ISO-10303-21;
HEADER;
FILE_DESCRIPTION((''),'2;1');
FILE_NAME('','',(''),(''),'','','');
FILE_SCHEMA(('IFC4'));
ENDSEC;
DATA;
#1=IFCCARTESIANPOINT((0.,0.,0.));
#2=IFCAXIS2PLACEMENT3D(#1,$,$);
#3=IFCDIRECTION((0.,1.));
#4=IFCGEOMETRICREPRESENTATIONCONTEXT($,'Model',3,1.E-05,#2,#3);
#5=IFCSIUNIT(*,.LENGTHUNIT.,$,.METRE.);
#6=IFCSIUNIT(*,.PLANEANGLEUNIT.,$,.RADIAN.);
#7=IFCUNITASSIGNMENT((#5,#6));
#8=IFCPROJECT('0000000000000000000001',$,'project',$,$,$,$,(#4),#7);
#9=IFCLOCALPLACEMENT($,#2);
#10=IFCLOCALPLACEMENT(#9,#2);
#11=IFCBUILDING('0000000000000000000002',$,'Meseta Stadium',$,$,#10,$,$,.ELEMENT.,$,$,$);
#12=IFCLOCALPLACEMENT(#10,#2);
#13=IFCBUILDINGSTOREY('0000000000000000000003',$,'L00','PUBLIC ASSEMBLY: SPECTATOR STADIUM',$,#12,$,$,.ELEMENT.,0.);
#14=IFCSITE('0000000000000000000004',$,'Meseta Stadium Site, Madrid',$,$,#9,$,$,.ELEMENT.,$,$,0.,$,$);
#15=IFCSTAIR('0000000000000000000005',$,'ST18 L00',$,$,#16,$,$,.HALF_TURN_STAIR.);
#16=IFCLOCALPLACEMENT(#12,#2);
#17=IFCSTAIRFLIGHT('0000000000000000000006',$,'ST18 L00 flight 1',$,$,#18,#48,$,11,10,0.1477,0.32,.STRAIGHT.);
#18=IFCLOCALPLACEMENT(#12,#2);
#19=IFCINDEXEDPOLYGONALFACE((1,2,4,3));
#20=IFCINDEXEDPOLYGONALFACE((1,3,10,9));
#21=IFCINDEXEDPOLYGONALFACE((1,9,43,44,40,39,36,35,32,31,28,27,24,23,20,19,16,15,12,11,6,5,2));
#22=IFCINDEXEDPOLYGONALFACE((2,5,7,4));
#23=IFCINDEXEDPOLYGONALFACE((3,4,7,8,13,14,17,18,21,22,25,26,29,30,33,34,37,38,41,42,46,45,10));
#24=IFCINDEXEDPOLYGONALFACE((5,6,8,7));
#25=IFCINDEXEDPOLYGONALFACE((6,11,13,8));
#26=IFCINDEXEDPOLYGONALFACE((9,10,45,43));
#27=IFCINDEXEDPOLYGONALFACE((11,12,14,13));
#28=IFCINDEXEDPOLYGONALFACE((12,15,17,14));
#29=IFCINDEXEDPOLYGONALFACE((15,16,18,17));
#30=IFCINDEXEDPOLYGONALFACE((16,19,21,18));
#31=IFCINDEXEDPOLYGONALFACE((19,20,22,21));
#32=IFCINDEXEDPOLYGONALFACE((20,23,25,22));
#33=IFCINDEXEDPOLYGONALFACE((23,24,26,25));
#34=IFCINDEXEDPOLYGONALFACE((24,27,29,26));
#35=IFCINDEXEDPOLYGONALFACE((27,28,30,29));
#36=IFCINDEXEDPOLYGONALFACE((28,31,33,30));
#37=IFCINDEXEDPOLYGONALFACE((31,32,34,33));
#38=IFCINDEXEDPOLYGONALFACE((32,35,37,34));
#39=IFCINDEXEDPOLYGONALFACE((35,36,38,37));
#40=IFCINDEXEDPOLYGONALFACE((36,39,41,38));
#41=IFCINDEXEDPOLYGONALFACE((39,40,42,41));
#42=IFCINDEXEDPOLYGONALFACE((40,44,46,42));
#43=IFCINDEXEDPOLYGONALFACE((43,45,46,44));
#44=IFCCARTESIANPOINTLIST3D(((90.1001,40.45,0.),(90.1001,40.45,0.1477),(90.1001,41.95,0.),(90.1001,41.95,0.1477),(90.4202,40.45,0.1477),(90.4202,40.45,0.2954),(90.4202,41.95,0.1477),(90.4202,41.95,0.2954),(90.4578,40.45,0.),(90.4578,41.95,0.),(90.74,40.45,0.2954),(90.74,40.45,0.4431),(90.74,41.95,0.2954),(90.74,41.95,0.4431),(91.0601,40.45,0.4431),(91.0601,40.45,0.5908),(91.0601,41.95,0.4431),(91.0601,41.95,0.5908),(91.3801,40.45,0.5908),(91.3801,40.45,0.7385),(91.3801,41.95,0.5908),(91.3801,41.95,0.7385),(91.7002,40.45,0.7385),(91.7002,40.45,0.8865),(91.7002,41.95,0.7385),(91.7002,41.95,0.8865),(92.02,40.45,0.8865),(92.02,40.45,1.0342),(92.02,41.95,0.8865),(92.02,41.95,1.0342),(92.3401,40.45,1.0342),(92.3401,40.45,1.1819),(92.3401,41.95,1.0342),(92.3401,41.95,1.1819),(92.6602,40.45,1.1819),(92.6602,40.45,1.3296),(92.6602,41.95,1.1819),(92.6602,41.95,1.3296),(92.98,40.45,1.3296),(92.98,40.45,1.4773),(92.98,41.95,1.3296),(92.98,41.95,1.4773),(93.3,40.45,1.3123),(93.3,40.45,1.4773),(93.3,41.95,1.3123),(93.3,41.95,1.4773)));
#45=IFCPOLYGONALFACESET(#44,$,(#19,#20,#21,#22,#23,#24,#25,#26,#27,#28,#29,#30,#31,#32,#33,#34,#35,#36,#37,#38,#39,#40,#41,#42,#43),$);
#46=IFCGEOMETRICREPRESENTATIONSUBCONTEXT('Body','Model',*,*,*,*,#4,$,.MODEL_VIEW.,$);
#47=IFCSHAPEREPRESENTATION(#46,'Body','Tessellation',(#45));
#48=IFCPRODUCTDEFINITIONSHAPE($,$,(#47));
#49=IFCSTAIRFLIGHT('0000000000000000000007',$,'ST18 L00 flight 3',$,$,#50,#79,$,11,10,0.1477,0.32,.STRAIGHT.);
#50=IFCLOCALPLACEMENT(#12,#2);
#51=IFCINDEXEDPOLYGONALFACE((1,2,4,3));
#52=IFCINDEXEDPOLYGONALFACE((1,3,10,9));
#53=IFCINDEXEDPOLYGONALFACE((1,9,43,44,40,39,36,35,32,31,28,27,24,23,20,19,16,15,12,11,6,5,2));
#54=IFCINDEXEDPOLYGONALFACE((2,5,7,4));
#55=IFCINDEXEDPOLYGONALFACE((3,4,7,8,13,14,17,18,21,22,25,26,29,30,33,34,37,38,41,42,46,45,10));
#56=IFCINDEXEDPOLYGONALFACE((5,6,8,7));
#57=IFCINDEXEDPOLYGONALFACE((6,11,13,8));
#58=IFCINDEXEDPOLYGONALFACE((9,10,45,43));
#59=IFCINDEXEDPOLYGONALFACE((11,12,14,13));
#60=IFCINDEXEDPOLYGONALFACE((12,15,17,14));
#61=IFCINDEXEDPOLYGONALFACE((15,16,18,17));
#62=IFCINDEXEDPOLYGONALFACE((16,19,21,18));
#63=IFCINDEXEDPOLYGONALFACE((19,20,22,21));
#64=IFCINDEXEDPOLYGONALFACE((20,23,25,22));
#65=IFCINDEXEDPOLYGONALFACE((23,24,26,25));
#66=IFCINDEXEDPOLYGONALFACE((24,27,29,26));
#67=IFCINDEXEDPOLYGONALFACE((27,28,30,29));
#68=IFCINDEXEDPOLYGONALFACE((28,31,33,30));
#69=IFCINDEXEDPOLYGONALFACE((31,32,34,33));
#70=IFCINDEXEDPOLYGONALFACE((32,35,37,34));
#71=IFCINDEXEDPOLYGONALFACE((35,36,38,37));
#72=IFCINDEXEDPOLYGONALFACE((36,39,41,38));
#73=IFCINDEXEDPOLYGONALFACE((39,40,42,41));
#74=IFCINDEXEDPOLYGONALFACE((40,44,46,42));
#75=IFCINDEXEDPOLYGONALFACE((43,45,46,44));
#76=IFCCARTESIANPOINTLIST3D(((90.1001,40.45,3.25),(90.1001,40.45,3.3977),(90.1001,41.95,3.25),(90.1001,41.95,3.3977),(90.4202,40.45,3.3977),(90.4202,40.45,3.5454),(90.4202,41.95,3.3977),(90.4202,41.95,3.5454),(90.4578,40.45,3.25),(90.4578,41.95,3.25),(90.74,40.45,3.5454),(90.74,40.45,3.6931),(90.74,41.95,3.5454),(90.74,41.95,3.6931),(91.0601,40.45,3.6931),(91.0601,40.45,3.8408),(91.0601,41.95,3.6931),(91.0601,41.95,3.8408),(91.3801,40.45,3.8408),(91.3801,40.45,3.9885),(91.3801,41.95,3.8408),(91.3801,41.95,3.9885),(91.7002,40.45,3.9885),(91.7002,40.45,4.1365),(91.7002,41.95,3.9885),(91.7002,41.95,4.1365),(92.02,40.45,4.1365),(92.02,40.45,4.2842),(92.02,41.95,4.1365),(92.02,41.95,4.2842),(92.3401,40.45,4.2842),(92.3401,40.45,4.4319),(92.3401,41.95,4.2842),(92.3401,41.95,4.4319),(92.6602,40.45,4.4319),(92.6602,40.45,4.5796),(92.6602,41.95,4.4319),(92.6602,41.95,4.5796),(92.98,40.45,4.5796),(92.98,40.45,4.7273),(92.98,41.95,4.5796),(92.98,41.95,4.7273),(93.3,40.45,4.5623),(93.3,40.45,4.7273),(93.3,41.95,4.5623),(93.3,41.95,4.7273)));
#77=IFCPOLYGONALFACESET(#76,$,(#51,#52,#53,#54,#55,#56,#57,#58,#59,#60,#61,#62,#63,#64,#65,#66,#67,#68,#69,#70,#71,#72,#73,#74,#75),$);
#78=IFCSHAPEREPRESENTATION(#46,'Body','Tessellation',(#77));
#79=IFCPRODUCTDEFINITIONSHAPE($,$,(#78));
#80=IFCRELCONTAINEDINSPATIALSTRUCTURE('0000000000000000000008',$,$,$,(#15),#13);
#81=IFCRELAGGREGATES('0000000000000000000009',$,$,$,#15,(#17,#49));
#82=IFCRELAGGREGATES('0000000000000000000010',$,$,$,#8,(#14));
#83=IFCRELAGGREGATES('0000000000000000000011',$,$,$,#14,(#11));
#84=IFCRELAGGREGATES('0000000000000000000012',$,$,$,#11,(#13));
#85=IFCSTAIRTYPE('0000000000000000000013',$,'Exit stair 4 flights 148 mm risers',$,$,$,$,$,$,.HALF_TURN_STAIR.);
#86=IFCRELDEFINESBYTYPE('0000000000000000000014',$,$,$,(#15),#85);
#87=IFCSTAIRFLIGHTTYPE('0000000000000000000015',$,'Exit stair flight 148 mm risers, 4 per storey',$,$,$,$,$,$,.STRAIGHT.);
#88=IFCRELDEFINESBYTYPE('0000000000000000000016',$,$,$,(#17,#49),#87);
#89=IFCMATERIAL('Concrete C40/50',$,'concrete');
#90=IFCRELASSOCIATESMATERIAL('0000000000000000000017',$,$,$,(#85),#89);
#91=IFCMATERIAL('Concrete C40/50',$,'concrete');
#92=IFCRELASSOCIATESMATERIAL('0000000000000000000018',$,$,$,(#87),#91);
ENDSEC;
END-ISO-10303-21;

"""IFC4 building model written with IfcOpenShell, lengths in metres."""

from ifc_helpers import new_model, si_unit, direction, frame, origin, place, context, subcontext, project, spatial, polyline, outline, extrude, material, type_object, element, aggregate, save


model = new_model("IFC4")

# Units and contexts
model_context = context("Model", 3, precision=1e-05, world=origin(), true_north=direction((0.0, 1.0)))
body_context = subcontext(model_context, "Body", "Model", "MODEL_VIEW")
ifc_project = project(units=[si_unit("LENGTHUNIT", "METRE"), si_unit("PLANEANGLEUNIT", "RADIAN")], contexts=[model_context])

# Site, building, storey
site_placement = place(None, origin())
site = spatial("IfcSite", under=ifc_project, at=site_placement, Name="Meseta Stadium Site, Madrid", CompositionType="ELEMENT", RefElevation=0.0)
building_placement = place(site_placement, origin())
building = spatial("IfcBuilding", under=site, at=building_placement, Name="Meseta Stadium", CompositionType="ELEMENT")
storey_placement = place(building_placement, origin())
storey = spatial("IfcBuildingStorey", under=building, at=storey_placement, Name="L00", Description="PUBLIC ASSEMBLY: SPECTATOR STADIUM", CompositionType="ELEMENT", Elevation=0.0)

# Stair, stair flights
ifc_material_1 = material(Name="Concrete C40/50", Category="concrete")
stair_type = type_object("IfcStairType", Name="Exit stair 4 flights 148 mm risers", PredefinedType="HALF_TURN_STAIR", material=ifc_material_1)
ifc_material_2 = material(Name="Concrete C40/50", Category="concrete")
stair_flight_type = type_object("IfcStairFlightType", Name="Exit stair flight 148 mm risers, 4 per storey", PredefinedType="STRAIGHT", material=ifc_material_2)
stair_1_placement = place(storey_placement, origin())
stair_1 = element("IfcStair", 1, at=stair_1_placement, inside=storey, type_object=stair_type, Name="ST18 L00", PredefinedType="HALF_TURN_STAIR")
stair_flight_1_placement = place(storey_placement, frame((90.1001, 41.2, 0.0), z_axis=(0.0, 0.0, 1.0), x_axis=(1.0, 0.0, 0.0)))
stair_flight_1 = element("IfcStairFlight", 2, at=stair_flight_1_placement, type_object=stair_flight_type, Name="ST18 L00 flight 1", NumberOfRisers=11, NumberOfTreads=10, PredefinedType="STRAIGHT", RiserHeight=0.1477, TreadLength=0.32, context=body_context, shape_type="SweptSolid", body=[
    extrude(outline(polyline([(0.0, 0.0), (0.0, 0.1477), (0.3201, 0.1477), (0.3201, 0.2954), (0.6399, 0.2954), (0.6399, 0.4431), (0.96, 0.4431), (0.96, 0.5908), (1.28, 0.5908), (1.28, 0.7385), (1.6001, 0.7385), (1.6001, 0.8865), (1.9199, 0.8865), (1.9199, 1.0342), (2.24, 1.0342), (2.24, 1.1819), (2.5601, 1.1819), (2.5601, 1.3296), (2.8799, 1.3296), (2.8799, 1.4773), (3.2, 1.4773), (3.2, 1.3123), (0.3577, 0.0), (0.0, 0.0)])), frame((0.0, 0.75, 0.0), z_axis=(0.0, -1.0, 0.0), x_axis=(1.0, 0.0, 0.0)), (0.0, 0.0, 1.0), 1.5),
])
stair_flight_2_placement = place(storey_placement, frame((90.1001, 41.2, 3.25), z_axis=(0.0, 0.0, 1.0), x_axis=(1.0, 0.0, 0.0)))
stair_flight_2 = element("IfcStairFlight", 3, at=stair_flight_2_placement, type_object=stair_flight_type, Name="ST18 L00 flight 3", NumberOfRisers=11, NumberOfTreads=10, PredefinedType="STRAIGHT", RiserHeight=0.1477, TreadLength=0.32, context=body_context, shape_type="SweptSolid", body=[
    extrude(outline(polyline([(0.0, 0.0), (0.0, 0.1477), (0.3201, 0.1477), (0.3201, 0.2954), (0.6399, 0.2954), (0.6399, 0.4431), (0.96, 0.4431), (0.96, 0.5908), (1.28, 0.5908), (1.28, 0.7385), (1.6001, 0.7385), (1.6001, 0.8865), (1.9199, 0.8865), (1.9199, 1.0342), (2.24, 1.0342), (2.24, 1.1819), (2.5601, 1.1819), (2.5601, 1.3296), (2.8799, 1.3296), (2.8799, 1.4773), (3.2, 1.4773), (3.2, 1.3123), (0.3577, 0.0), (0.0, 0.0)])), frame((0.0, 0.75, 0.0), z_axis=(0.0, -1.0, 0.0), x_axis=(1.0, 0.0, 0.0)), (0.0, 0.0, 1.0), 1.5),
])
aggregate(stair_1, [stair_flight_1, stair_flight_2])

save(model, "model.ifc")
